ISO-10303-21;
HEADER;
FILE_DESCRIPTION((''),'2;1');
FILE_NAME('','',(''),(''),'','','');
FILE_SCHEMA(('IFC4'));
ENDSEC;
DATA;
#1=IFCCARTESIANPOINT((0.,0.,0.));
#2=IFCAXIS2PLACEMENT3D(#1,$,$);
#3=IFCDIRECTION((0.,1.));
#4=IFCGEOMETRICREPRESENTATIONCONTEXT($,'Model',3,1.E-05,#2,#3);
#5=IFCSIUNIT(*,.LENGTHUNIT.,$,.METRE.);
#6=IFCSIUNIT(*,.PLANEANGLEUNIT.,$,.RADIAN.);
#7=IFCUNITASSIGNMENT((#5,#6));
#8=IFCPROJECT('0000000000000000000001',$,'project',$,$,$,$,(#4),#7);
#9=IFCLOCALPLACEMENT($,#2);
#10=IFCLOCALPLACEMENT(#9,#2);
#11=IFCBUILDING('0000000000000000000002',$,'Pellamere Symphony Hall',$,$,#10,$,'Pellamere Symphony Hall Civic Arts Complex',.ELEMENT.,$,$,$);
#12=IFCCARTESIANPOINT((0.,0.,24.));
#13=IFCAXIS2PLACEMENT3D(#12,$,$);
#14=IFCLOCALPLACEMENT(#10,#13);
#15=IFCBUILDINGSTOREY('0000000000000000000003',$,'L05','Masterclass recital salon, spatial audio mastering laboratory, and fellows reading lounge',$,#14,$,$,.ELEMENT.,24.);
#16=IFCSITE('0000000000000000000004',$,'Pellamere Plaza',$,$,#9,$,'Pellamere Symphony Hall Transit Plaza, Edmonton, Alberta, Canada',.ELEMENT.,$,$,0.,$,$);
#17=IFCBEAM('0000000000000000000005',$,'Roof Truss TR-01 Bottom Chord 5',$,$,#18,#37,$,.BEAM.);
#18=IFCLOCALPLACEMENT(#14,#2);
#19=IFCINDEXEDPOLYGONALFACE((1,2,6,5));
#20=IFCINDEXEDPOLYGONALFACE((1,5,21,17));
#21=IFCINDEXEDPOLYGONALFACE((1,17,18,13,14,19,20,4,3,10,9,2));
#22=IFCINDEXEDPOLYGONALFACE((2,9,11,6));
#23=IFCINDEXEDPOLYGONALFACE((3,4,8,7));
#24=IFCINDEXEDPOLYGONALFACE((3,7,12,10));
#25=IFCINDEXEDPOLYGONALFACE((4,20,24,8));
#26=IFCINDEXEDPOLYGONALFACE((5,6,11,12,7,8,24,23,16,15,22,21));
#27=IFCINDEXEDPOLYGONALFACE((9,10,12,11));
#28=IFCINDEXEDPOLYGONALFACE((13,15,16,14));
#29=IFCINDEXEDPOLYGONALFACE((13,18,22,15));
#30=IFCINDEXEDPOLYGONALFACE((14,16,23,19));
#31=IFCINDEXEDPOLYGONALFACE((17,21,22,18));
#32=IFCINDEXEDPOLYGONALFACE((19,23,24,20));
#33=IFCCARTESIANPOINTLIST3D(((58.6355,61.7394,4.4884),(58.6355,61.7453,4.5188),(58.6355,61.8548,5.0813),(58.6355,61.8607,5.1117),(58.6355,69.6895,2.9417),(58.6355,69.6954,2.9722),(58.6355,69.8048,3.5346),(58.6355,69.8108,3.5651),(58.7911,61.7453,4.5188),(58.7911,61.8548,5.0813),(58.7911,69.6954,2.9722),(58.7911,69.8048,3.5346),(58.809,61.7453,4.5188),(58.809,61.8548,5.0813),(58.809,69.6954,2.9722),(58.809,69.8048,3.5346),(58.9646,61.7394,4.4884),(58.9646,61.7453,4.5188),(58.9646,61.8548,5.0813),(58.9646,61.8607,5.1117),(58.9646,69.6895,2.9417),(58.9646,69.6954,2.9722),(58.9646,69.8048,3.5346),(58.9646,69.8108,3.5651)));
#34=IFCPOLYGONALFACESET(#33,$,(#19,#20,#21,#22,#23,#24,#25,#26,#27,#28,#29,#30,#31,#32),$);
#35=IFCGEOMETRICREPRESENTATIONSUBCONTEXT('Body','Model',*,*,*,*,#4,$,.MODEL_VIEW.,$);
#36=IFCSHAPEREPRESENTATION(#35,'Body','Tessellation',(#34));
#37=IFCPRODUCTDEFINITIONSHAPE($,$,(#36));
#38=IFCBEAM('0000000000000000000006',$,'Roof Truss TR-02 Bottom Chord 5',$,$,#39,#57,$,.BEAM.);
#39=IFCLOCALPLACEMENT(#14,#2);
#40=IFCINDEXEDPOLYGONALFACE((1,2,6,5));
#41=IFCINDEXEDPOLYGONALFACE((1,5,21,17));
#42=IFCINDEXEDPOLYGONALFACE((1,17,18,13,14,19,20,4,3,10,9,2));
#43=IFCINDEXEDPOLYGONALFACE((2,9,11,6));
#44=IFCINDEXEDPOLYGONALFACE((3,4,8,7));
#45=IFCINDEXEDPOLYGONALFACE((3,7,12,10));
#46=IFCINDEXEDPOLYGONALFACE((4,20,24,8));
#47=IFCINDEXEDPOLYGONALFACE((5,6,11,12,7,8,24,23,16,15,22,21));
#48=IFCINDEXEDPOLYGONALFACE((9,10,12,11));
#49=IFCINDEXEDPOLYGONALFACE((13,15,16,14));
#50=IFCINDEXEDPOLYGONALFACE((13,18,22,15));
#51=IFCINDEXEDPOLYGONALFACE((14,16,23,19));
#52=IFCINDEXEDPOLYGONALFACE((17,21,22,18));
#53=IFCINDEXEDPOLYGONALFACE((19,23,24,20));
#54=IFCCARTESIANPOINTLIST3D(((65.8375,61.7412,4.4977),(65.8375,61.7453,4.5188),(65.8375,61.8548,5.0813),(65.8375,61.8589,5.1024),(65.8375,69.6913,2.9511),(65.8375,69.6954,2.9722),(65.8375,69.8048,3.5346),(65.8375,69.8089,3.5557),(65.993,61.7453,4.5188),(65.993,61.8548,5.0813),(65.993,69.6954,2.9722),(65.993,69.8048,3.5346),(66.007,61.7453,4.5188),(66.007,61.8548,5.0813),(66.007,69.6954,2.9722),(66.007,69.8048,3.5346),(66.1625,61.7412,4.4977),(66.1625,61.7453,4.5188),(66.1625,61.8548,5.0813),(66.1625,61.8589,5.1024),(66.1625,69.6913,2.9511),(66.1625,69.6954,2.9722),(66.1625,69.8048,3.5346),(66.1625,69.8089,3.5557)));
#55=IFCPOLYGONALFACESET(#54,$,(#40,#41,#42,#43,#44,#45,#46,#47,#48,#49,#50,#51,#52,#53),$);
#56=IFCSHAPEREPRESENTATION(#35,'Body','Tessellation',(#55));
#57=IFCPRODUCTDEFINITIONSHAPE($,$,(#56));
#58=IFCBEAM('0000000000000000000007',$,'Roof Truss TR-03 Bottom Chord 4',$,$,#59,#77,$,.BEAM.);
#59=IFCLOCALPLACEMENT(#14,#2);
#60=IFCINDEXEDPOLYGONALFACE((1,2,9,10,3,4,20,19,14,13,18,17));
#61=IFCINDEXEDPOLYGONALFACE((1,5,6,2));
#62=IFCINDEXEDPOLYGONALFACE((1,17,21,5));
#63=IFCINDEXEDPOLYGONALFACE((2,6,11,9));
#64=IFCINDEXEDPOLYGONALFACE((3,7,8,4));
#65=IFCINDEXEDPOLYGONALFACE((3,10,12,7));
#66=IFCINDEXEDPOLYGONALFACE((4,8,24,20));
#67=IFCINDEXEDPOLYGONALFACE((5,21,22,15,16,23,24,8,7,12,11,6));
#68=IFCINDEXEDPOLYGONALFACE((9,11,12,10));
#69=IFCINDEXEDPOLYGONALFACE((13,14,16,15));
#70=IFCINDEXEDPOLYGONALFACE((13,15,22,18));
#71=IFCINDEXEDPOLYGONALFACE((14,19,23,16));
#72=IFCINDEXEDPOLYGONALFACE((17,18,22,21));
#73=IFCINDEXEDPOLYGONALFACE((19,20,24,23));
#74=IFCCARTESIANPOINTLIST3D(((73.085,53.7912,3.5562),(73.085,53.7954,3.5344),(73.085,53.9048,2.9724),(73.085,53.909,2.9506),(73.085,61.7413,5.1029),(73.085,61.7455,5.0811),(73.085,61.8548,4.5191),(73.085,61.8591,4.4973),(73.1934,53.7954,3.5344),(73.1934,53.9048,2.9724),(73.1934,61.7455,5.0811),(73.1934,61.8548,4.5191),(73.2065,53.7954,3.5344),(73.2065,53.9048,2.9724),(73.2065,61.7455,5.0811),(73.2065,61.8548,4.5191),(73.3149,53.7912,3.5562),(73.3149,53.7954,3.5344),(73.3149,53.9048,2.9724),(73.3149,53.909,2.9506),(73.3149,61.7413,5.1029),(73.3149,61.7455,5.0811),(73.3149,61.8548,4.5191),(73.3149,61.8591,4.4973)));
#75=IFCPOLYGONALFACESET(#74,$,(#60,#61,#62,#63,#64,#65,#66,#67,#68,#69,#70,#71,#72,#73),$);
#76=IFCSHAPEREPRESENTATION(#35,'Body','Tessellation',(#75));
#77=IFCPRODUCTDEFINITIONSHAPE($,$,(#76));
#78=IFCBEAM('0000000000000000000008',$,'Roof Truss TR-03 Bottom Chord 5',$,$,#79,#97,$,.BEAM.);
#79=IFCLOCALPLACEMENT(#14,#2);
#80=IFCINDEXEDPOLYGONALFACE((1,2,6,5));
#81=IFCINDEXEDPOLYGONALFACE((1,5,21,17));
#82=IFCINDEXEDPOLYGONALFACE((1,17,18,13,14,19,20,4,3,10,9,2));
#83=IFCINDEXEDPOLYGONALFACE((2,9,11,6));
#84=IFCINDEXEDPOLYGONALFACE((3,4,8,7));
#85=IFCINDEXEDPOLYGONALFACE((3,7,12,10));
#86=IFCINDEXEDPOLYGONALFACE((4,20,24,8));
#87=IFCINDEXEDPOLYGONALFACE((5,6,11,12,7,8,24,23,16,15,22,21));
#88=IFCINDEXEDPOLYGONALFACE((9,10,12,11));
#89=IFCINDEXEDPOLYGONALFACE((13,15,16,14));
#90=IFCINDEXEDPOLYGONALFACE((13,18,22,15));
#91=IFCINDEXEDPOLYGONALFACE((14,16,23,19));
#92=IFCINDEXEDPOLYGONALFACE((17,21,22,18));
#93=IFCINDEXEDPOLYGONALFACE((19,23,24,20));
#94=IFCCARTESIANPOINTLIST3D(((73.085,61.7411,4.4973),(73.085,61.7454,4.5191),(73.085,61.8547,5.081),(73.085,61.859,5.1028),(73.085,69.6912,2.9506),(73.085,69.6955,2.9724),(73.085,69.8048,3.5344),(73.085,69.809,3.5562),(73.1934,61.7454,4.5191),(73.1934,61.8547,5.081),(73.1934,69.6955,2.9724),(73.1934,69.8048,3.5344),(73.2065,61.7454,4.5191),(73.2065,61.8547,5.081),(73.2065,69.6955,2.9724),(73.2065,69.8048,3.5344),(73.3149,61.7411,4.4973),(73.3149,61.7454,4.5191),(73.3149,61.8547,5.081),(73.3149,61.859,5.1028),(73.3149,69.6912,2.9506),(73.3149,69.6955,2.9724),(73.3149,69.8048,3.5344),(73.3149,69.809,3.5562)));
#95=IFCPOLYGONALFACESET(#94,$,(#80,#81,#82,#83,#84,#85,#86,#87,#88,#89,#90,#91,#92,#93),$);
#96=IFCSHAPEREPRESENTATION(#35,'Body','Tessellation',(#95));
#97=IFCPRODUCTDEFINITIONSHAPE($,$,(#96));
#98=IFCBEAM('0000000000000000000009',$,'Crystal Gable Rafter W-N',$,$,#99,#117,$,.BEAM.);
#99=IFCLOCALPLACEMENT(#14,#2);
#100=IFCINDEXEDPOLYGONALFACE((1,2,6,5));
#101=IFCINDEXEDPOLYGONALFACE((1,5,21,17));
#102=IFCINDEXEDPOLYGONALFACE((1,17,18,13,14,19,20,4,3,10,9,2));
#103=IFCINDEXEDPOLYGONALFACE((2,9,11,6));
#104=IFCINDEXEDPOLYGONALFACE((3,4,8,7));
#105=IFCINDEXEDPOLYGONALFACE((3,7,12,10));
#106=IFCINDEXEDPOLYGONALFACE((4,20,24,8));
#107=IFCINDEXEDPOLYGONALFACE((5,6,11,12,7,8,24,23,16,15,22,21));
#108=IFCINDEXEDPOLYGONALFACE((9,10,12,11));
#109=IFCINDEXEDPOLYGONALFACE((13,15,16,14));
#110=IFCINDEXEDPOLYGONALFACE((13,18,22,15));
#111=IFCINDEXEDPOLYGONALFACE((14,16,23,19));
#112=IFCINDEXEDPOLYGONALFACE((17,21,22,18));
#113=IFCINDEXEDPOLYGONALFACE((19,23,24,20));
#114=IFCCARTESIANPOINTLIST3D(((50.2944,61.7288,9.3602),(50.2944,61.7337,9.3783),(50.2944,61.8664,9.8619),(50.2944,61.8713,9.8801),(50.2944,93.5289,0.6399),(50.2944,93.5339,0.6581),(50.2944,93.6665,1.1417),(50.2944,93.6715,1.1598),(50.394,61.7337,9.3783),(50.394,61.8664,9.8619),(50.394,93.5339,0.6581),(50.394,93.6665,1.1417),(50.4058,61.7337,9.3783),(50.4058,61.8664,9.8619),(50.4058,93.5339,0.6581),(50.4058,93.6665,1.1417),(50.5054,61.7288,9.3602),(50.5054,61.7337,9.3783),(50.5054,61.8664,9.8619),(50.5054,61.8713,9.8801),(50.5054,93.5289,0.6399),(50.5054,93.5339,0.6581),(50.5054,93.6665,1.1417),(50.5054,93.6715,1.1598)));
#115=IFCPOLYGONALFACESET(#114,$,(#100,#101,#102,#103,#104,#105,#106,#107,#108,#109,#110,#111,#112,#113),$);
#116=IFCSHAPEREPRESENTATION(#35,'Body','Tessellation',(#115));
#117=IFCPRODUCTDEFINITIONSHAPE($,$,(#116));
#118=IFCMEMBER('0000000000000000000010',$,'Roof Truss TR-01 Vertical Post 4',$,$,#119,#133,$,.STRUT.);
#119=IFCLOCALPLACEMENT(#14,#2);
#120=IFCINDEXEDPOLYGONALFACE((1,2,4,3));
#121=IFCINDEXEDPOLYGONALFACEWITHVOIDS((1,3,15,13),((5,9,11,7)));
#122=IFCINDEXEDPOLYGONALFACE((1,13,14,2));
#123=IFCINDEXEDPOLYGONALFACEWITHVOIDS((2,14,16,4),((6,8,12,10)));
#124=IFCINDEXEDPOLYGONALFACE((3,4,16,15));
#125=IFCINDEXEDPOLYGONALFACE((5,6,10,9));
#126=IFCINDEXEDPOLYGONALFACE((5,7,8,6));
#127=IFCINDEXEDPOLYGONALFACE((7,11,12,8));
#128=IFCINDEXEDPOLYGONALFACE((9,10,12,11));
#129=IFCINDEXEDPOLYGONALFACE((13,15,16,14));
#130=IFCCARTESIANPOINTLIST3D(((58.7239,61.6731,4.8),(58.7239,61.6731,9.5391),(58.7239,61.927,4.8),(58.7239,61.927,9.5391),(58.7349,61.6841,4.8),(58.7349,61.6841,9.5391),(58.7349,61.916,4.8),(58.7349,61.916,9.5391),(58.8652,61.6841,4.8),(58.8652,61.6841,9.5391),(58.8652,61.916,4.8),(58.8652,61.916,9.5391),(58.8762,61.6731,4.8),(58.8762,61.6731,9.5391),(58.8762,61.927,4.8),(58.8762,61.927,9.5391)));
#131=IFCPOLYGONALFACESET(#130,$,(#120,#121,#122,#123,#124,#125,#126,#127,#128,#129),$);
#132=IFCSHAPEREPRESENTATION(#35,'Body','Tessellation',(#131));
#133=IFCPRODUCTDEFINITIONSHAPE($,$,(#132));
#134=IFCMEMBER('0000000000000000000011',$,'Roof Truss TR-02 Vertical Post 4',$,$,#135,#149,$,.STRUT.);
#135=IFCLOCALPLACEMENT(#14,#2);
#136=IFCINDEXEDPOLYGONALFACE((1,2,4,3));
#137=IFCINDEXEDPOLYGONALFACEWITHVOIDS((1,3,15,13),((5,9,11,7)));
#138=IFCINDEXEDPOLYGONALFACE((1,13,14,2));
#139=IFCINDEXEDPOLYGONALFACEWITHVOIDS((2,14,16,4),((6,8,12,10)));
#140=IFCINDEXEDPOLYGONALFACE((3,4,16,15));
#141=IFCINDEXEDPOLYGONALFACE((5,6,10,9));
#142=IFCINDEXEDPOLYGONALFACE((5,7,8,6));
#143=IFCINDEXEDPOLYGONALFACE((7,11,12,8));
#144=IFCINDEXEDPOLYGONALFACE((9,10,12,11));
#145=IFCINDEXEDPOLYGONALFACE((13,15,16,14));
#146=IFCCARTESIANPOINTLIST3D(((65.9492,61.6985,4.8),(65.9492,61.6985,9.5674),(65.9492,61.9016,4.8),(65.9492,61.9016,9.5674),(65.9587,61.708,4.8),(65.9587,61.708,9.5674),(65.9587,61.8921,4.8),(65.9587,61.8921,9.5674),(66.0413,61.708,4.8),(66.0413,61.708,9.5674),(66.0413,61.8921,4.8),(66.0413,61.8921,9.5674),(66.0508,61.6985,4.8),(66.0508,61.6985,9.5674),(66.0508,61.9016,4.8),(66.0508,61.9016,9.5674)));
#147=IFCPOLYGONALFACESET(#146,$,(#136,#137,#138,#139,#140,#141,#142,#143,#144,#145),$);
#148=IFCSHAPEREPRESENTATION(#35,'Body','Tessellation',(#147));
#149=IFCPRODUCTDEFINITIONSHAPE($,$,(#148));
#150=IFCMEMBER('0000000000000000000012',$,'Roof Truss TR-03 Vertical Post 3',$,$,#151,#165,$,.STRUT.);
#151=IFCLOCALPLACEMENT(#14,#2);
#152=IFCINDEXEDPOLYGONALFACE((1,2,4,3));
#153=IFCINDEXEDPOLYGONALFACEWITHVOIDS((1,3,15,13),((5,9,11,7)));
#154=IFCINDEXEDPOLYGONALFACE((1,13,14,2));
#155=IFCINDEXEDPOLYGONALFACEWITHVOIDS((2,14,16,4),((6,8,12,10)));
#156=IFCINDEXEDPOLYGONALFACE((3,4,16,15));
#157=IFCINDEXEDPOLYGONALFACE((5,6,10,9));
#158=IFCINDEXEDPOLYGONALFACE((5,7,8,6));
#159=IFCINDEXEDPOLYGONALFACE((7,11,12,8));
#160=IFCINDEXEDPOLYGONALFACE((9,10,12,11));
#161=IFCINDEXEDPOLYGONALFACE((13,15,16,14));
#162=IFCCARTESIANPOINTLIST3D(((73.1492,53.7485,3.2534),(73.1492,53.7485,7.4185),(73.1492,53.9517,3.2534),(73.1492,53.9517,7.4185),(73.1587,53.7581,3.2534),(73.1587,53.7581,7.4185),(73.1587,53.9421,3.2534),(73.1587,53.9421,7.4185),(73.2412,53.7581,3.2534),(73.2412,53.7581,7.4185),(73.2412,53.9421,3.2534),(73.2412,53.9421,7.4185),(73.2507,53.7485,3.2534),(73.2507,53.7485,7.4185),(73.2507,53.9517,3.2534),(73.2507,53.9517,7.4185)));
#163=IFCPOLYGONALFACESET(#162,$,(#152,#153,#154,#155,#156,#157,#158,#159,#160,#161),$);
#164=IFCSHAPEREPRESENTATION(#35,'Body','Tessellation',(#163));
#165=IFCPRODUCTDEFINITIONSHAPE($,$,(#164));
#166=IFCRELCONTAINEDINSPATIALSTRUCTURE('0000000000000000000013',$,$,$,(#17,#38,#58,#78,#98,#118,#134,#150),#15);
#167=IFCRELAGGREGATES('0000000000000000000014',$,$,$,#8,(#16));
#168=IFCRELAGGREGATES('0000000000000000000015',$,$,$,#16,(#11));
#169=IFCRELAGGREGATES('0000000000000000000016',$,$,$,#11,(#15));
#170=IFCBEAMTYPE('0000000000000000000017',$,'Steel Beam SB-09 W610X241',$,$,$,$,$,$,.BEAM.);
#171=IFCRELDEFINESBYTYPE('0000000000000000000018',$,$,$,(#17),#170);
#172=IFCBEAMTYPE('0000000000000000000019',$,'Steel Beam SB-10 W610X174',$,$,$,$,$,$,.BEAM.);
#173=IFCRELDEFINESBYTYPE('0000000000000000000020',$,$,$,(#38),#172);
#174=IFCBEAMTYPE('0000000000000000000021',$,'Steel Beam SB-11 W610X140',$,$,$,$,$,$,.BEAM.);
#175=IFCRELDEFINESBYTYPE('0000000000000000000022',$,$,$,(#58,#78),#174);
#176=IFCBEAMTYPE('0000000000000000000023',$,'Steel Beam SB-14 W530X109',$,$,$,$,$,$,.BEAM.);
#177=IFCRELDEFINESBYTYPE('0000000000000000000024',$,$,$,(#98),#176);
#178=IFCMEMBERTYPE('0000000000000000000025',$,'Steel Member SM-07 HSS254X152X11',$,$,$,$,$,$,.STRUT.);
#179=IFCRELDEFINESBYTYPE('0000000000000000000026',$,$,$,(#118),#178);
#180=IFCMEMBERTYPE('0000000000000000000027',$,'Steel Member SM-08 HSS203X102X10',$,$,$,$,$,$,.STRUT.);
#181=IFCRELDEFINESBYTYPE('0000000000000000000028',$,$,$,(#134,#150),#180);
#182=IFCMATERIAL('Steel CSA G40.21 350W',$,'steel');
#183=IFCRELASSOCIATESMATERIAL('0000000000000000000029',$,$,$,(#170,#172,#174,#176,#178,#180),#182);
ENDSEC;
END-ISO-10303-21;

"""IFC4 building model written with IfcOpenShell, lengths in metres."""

from ifc_helpers import new_model, si_unit, direction, frame, origin, origin_2d, place, context, subcontext, project, spatial, hollow_rectangle, i_section, extrude, material, material_profile, profile_set, type_object, element, save


model = new_model("IFC4")

# Units and contexts
model_context = context("Model", 3, precision=1e-05, world=origin(), true_north=direction((0.0, 1.0)))
body_context = subcontext(model_context, "Body", "Model", "MODEL_VIEW")
ifc_project = project(units=[si_unit("LENGTHUNIT", "METRE"), si_unit("PLANEANGLEUNIT", "RADIAN")], contexts=[model_context])

# Site, building, storey
site_placement = place(None, origin())
site = spatial("IfcSite", under=ifc_project, at=site_placement, Name="Pellamere Plaza", LongName="Pellamere Symphony Hall Transit Plaza, Edmonton, Alberta, Canada", CompositionType="ELEMENT", RefElevation=0.0)
building_placement = place(site_placement, origin())
building = spatial("IfcBuilding", under=site, at=building_placement, Name="Pellamere Symphony Hall", LongName="Pellamere Symphony Hall Civic Arts Complex", CompositionType="ELEMENT")
storey_placement = place(building_placement, frame((0.0, 0.0, 24.0)))
storey = spatial("IfcBuildingStorey", under=building, at=storey_placement, Name="L05", Description="Masterclass recital salon, spatial audio mastering laboratory, and fellows reading lounge", CompositionType="ELEMENT", Elevation=24.0)

# Beams
ifc_material_1 = material(Name="Steel CSA G40.21 350W", Category="steel")
ifc_material_profile_1 = material_profile(ifc_material_1, i_section(OverallWidth=0.3291, OverallDepth=0.635, WebThickness=0.0178, FlangeThickness=0.031, at=origin_2d()), Name="W610X241")
ifc_profile_set_1 = profile_set([ifc_material_profile_1], Name="Steel CSA G40.21 350W")
beam_type_1 = type_object("IfcBeamType", Name="Steel Beam SB-09 W610X241", PredefinedType="BEAM", material=ifc_profile_set_1)
beam_1_placement = place(storey_placement, frame((58.8, 61.8, 4.8), z_axis=(0.0, 0.981597, -0.190966), x_axis=(-1.0, 0.0, 0.0)))
element("IfcBeam", 1, at=beam_1_placement, inside=storey, type_object=beam_type_1, Name="Roof Truss TR-01 Bottom Chord 5", PredefinedType="BEAM", context=body_context, shape_type="SweptSolid", body=[
    extrude(i_section(OverallWidth=0.3291, OverallDepth=0.635, WebThickness=0.0178, FlangeThickness=0.031, at=origin_2d()), origin(), (0.0, 0.0, 1.0), 8.0991),
])
ifc_material_profile_2 = material_profile(ifc_material_1, i_section(OverallWidth=0.325, OverallDepth=0.616, WebThickness=0.0139, FlangeThickness=0.0215, at=origin_2d()), Name="W610X174")
ifc_profile_set_2 = profile_set([ifc_material_profile_2], Name="Steel CSA G40.21 350W")
beam_type_2 = type_object("IfcBeamType", Name="Steel Beam SB-10 W610X174", PredefinedType="BEAM", material=ifc_profile_set_2)
beam_2_placement = place(storey_placement, frame((66.0, 61.8, 4.8), z_axis=(0.0, 0.981597, -0.190966), x_axis=(-1.0, 0.0, 0.0)))
element("IfcBeam", 2, at=beam_2_placement, inside=storey, type_object=beam_type_2, Name="Roof Truss TR-02 Bottom Chord 5", PredefinedType="BEAM", context=body_context, shape_type="SweptSolid", body=[
    extrude(i_section(OverallWidth=0.325, OverallDepth=0.616, WebThickness=0.0139, FlangeThickness=0.0215, at=origin_2d()), origin(), (0.0, 0.0, 1.0), 8.0991),
])
ifc_material_profile_3 = material_profile(ifc_material_1, i_section(OverallWidth=0.23, OverallDepth=0.6169, WebThickness=0.0132, FlangeThickness=0.0222, at=origin_2d()), Name="W610X140")
ifc_profile_set_3 = profile_set([ifc_material_profile_3], Name="Steel CSA G40.21 350W")
beam_type_3 = type_object("IfcBeamType", Name="Steel Beam SB-11 W610X140", PredefinedType="BEAM", material=ifc_profile_set_3)
for number, where, z_axis, x_axis, name in (
    (3, (73.2, 53.8501, 3.2534), (0.0, 0.981597, 0.190966), (-1.0, 0.0, 0.0), "Roof Truss TR-03 Bottom Chord 4"),
    (4, (73.2, 61.8, 4.8), (0.0, 0.981597, -0.190966), (-1.0, 0.0, 0.0), "Roof Truss TR-03 Bottom Chord 5"),
):
    element("IfcBeam", number, at=place(storey_placement, frame(where, z_axis=z_axis, x_axis=x_axis)), inside=storey, type_object=beam_type_3, Name=name, PredefinedType="BEAM", context=body_context, shape_type="SweptSolid", body=[
        extrude(i_section(OverallWidth=0.23, OverallDepth=0.6169, WebThickness=0.0132, FlangeThickness=0.0222, at=origin_2d()), origin(), (0.0, 0.0, 1.0), 8.0991),
    ])
ifc_material_profile_4 = material_profile(ifc_material_1, i_section(OverallWidth=0.2109, OverallDepth=0.5391, WebThickness=0.0117, FlangeThickness=0.0188, at=origin_2d()), Name="W530X109")
ifc_profile_set_4 = profile_set([ifc_material_profile_4], Name="Steel CSA G40.21 350W")
beam_type_4 = type_object("IfcBeamType", Name="Steel Beam SB-14 W530X109", PredefinedType="BEAM", material=ifc_profile_set_4)
beam_3_placement = place(storey_placement, frame((50.3999, 61.8, 9.6201), z_axis=(0.0, 0.964397, -0.264457), x_axis=(-1.0, 0.0, 0.0)))
element("IfcBeam", 5, at=beam_3_placement, inside=storey, type_object=beam_type_4, Name="Crystal Gable Rafter W-N", PredefinedType="BEAM", context=body_context, shape_type="SweptSolid", body=[
    extrude(i_section(OverallWidth=0.2109, OverallDepth=0.5391, WebThickness=0.0117, FlangeThickness=0.0188, at=origin_2d()), origin(), (0.0, 0.0, 1.0), 32.9741),
])

# Members
ifc_material_profile_5 = material_profile(ifc_material_1, hollow_rectangle(XDim=0.1523, YDim=0.2539, WallThickness=0.011, at=origin_2d()), Name="HSS254X152X11")
ifc_profile_set_5 = profile_set([ifc_material_profile_5], Name="Steel CSA G40.21 350W")
member_type_1 = type_object("IfcMemberType", Name="Steel Member SM-07 HSS254X152X11", PredefinedType="STRUT", material=ifc_profile_set_5)
member_1_placement = place(storey_placement, frame((58.8, 61.8, 4.8), z_axis=(0.0, 0.0, 1.0), x_axis=(1.0, 0.0, 0.0)))
element("IfcMember", 6, at=member_1_placement, inside=storey, type_object=member_type_1, Name="Roof Truss TR-01 Vertical Post 4", PredefinedType="STRUT", context=body_context, shape_type="SweptSolid", body=[
    extrude(hollow_rectangle(XDim=0.1523, YDim=0.2539, WallThickness=0.011, at=origin_2d()), origin(), (0.0, 0.0, 1.0), 4.739),
])
ifc_material_profile_6 = material_profile(ifc_material_1, hollow_rectangle(XDim=0.1016, YDim=0.2031, WallThickness=0.0095, at=origin_2d()), Name="HSS203X102X10")
ifc_profile_set_6 = profile_set([ifc_material_profile_6], Name="Steel CSA G40.21 350W")
member_type_2 = type_object("IfcMemberType", Name="Steel Member SM-08 HSS203X102X10", PredefinedType="STRUT", material=ifc_profile_set_6)
member_2_placement = place(storey_placement, frame((66.0, 61.8, 4.8), z_axis=(0.0, 0.0, 1.0), x_axis=(1.0, 0.0, 0.0)))
element("IfcMember", 7, at=member_2_placement, inside=storey, type_object=member_type_2, Name="Roof Truss TR-02 Vertical Post 4", PredefinedType="STRUT", context=body_context, shape_type="SweptSolid", body=[
    extrude(hollow_rectangle(XDim=0.1016, YDim=0.2031, WallThickness=0.0095, at=origin_2d()), origin(), (0.0, 0.0, 1.0), 4.7673),
])
member_3_placement = place(storey_placement, frame((73.2, 53.8501, 3.2534), z_axis=(0.0, 0.0, 1.0), x_axis=(1.0, 0.0, 0.0)))
element("IfcMember", 8, at=member_3_placement, inside=storey, type_object=member_type_2, Name="Roof Truss TR-03 Vertical Post 3", PredefinedType="STRUT", context=body_context, shape_type="SweptSolid", body=[
    extrude(hollow_rectangle(XDim=0.1016, YDim=0.2031, WallThickness=0.0095, at=origin_2d()), origin(), (0.0, 0.0, 1.0), 4.165),
])

save(model, "model.ifc")
